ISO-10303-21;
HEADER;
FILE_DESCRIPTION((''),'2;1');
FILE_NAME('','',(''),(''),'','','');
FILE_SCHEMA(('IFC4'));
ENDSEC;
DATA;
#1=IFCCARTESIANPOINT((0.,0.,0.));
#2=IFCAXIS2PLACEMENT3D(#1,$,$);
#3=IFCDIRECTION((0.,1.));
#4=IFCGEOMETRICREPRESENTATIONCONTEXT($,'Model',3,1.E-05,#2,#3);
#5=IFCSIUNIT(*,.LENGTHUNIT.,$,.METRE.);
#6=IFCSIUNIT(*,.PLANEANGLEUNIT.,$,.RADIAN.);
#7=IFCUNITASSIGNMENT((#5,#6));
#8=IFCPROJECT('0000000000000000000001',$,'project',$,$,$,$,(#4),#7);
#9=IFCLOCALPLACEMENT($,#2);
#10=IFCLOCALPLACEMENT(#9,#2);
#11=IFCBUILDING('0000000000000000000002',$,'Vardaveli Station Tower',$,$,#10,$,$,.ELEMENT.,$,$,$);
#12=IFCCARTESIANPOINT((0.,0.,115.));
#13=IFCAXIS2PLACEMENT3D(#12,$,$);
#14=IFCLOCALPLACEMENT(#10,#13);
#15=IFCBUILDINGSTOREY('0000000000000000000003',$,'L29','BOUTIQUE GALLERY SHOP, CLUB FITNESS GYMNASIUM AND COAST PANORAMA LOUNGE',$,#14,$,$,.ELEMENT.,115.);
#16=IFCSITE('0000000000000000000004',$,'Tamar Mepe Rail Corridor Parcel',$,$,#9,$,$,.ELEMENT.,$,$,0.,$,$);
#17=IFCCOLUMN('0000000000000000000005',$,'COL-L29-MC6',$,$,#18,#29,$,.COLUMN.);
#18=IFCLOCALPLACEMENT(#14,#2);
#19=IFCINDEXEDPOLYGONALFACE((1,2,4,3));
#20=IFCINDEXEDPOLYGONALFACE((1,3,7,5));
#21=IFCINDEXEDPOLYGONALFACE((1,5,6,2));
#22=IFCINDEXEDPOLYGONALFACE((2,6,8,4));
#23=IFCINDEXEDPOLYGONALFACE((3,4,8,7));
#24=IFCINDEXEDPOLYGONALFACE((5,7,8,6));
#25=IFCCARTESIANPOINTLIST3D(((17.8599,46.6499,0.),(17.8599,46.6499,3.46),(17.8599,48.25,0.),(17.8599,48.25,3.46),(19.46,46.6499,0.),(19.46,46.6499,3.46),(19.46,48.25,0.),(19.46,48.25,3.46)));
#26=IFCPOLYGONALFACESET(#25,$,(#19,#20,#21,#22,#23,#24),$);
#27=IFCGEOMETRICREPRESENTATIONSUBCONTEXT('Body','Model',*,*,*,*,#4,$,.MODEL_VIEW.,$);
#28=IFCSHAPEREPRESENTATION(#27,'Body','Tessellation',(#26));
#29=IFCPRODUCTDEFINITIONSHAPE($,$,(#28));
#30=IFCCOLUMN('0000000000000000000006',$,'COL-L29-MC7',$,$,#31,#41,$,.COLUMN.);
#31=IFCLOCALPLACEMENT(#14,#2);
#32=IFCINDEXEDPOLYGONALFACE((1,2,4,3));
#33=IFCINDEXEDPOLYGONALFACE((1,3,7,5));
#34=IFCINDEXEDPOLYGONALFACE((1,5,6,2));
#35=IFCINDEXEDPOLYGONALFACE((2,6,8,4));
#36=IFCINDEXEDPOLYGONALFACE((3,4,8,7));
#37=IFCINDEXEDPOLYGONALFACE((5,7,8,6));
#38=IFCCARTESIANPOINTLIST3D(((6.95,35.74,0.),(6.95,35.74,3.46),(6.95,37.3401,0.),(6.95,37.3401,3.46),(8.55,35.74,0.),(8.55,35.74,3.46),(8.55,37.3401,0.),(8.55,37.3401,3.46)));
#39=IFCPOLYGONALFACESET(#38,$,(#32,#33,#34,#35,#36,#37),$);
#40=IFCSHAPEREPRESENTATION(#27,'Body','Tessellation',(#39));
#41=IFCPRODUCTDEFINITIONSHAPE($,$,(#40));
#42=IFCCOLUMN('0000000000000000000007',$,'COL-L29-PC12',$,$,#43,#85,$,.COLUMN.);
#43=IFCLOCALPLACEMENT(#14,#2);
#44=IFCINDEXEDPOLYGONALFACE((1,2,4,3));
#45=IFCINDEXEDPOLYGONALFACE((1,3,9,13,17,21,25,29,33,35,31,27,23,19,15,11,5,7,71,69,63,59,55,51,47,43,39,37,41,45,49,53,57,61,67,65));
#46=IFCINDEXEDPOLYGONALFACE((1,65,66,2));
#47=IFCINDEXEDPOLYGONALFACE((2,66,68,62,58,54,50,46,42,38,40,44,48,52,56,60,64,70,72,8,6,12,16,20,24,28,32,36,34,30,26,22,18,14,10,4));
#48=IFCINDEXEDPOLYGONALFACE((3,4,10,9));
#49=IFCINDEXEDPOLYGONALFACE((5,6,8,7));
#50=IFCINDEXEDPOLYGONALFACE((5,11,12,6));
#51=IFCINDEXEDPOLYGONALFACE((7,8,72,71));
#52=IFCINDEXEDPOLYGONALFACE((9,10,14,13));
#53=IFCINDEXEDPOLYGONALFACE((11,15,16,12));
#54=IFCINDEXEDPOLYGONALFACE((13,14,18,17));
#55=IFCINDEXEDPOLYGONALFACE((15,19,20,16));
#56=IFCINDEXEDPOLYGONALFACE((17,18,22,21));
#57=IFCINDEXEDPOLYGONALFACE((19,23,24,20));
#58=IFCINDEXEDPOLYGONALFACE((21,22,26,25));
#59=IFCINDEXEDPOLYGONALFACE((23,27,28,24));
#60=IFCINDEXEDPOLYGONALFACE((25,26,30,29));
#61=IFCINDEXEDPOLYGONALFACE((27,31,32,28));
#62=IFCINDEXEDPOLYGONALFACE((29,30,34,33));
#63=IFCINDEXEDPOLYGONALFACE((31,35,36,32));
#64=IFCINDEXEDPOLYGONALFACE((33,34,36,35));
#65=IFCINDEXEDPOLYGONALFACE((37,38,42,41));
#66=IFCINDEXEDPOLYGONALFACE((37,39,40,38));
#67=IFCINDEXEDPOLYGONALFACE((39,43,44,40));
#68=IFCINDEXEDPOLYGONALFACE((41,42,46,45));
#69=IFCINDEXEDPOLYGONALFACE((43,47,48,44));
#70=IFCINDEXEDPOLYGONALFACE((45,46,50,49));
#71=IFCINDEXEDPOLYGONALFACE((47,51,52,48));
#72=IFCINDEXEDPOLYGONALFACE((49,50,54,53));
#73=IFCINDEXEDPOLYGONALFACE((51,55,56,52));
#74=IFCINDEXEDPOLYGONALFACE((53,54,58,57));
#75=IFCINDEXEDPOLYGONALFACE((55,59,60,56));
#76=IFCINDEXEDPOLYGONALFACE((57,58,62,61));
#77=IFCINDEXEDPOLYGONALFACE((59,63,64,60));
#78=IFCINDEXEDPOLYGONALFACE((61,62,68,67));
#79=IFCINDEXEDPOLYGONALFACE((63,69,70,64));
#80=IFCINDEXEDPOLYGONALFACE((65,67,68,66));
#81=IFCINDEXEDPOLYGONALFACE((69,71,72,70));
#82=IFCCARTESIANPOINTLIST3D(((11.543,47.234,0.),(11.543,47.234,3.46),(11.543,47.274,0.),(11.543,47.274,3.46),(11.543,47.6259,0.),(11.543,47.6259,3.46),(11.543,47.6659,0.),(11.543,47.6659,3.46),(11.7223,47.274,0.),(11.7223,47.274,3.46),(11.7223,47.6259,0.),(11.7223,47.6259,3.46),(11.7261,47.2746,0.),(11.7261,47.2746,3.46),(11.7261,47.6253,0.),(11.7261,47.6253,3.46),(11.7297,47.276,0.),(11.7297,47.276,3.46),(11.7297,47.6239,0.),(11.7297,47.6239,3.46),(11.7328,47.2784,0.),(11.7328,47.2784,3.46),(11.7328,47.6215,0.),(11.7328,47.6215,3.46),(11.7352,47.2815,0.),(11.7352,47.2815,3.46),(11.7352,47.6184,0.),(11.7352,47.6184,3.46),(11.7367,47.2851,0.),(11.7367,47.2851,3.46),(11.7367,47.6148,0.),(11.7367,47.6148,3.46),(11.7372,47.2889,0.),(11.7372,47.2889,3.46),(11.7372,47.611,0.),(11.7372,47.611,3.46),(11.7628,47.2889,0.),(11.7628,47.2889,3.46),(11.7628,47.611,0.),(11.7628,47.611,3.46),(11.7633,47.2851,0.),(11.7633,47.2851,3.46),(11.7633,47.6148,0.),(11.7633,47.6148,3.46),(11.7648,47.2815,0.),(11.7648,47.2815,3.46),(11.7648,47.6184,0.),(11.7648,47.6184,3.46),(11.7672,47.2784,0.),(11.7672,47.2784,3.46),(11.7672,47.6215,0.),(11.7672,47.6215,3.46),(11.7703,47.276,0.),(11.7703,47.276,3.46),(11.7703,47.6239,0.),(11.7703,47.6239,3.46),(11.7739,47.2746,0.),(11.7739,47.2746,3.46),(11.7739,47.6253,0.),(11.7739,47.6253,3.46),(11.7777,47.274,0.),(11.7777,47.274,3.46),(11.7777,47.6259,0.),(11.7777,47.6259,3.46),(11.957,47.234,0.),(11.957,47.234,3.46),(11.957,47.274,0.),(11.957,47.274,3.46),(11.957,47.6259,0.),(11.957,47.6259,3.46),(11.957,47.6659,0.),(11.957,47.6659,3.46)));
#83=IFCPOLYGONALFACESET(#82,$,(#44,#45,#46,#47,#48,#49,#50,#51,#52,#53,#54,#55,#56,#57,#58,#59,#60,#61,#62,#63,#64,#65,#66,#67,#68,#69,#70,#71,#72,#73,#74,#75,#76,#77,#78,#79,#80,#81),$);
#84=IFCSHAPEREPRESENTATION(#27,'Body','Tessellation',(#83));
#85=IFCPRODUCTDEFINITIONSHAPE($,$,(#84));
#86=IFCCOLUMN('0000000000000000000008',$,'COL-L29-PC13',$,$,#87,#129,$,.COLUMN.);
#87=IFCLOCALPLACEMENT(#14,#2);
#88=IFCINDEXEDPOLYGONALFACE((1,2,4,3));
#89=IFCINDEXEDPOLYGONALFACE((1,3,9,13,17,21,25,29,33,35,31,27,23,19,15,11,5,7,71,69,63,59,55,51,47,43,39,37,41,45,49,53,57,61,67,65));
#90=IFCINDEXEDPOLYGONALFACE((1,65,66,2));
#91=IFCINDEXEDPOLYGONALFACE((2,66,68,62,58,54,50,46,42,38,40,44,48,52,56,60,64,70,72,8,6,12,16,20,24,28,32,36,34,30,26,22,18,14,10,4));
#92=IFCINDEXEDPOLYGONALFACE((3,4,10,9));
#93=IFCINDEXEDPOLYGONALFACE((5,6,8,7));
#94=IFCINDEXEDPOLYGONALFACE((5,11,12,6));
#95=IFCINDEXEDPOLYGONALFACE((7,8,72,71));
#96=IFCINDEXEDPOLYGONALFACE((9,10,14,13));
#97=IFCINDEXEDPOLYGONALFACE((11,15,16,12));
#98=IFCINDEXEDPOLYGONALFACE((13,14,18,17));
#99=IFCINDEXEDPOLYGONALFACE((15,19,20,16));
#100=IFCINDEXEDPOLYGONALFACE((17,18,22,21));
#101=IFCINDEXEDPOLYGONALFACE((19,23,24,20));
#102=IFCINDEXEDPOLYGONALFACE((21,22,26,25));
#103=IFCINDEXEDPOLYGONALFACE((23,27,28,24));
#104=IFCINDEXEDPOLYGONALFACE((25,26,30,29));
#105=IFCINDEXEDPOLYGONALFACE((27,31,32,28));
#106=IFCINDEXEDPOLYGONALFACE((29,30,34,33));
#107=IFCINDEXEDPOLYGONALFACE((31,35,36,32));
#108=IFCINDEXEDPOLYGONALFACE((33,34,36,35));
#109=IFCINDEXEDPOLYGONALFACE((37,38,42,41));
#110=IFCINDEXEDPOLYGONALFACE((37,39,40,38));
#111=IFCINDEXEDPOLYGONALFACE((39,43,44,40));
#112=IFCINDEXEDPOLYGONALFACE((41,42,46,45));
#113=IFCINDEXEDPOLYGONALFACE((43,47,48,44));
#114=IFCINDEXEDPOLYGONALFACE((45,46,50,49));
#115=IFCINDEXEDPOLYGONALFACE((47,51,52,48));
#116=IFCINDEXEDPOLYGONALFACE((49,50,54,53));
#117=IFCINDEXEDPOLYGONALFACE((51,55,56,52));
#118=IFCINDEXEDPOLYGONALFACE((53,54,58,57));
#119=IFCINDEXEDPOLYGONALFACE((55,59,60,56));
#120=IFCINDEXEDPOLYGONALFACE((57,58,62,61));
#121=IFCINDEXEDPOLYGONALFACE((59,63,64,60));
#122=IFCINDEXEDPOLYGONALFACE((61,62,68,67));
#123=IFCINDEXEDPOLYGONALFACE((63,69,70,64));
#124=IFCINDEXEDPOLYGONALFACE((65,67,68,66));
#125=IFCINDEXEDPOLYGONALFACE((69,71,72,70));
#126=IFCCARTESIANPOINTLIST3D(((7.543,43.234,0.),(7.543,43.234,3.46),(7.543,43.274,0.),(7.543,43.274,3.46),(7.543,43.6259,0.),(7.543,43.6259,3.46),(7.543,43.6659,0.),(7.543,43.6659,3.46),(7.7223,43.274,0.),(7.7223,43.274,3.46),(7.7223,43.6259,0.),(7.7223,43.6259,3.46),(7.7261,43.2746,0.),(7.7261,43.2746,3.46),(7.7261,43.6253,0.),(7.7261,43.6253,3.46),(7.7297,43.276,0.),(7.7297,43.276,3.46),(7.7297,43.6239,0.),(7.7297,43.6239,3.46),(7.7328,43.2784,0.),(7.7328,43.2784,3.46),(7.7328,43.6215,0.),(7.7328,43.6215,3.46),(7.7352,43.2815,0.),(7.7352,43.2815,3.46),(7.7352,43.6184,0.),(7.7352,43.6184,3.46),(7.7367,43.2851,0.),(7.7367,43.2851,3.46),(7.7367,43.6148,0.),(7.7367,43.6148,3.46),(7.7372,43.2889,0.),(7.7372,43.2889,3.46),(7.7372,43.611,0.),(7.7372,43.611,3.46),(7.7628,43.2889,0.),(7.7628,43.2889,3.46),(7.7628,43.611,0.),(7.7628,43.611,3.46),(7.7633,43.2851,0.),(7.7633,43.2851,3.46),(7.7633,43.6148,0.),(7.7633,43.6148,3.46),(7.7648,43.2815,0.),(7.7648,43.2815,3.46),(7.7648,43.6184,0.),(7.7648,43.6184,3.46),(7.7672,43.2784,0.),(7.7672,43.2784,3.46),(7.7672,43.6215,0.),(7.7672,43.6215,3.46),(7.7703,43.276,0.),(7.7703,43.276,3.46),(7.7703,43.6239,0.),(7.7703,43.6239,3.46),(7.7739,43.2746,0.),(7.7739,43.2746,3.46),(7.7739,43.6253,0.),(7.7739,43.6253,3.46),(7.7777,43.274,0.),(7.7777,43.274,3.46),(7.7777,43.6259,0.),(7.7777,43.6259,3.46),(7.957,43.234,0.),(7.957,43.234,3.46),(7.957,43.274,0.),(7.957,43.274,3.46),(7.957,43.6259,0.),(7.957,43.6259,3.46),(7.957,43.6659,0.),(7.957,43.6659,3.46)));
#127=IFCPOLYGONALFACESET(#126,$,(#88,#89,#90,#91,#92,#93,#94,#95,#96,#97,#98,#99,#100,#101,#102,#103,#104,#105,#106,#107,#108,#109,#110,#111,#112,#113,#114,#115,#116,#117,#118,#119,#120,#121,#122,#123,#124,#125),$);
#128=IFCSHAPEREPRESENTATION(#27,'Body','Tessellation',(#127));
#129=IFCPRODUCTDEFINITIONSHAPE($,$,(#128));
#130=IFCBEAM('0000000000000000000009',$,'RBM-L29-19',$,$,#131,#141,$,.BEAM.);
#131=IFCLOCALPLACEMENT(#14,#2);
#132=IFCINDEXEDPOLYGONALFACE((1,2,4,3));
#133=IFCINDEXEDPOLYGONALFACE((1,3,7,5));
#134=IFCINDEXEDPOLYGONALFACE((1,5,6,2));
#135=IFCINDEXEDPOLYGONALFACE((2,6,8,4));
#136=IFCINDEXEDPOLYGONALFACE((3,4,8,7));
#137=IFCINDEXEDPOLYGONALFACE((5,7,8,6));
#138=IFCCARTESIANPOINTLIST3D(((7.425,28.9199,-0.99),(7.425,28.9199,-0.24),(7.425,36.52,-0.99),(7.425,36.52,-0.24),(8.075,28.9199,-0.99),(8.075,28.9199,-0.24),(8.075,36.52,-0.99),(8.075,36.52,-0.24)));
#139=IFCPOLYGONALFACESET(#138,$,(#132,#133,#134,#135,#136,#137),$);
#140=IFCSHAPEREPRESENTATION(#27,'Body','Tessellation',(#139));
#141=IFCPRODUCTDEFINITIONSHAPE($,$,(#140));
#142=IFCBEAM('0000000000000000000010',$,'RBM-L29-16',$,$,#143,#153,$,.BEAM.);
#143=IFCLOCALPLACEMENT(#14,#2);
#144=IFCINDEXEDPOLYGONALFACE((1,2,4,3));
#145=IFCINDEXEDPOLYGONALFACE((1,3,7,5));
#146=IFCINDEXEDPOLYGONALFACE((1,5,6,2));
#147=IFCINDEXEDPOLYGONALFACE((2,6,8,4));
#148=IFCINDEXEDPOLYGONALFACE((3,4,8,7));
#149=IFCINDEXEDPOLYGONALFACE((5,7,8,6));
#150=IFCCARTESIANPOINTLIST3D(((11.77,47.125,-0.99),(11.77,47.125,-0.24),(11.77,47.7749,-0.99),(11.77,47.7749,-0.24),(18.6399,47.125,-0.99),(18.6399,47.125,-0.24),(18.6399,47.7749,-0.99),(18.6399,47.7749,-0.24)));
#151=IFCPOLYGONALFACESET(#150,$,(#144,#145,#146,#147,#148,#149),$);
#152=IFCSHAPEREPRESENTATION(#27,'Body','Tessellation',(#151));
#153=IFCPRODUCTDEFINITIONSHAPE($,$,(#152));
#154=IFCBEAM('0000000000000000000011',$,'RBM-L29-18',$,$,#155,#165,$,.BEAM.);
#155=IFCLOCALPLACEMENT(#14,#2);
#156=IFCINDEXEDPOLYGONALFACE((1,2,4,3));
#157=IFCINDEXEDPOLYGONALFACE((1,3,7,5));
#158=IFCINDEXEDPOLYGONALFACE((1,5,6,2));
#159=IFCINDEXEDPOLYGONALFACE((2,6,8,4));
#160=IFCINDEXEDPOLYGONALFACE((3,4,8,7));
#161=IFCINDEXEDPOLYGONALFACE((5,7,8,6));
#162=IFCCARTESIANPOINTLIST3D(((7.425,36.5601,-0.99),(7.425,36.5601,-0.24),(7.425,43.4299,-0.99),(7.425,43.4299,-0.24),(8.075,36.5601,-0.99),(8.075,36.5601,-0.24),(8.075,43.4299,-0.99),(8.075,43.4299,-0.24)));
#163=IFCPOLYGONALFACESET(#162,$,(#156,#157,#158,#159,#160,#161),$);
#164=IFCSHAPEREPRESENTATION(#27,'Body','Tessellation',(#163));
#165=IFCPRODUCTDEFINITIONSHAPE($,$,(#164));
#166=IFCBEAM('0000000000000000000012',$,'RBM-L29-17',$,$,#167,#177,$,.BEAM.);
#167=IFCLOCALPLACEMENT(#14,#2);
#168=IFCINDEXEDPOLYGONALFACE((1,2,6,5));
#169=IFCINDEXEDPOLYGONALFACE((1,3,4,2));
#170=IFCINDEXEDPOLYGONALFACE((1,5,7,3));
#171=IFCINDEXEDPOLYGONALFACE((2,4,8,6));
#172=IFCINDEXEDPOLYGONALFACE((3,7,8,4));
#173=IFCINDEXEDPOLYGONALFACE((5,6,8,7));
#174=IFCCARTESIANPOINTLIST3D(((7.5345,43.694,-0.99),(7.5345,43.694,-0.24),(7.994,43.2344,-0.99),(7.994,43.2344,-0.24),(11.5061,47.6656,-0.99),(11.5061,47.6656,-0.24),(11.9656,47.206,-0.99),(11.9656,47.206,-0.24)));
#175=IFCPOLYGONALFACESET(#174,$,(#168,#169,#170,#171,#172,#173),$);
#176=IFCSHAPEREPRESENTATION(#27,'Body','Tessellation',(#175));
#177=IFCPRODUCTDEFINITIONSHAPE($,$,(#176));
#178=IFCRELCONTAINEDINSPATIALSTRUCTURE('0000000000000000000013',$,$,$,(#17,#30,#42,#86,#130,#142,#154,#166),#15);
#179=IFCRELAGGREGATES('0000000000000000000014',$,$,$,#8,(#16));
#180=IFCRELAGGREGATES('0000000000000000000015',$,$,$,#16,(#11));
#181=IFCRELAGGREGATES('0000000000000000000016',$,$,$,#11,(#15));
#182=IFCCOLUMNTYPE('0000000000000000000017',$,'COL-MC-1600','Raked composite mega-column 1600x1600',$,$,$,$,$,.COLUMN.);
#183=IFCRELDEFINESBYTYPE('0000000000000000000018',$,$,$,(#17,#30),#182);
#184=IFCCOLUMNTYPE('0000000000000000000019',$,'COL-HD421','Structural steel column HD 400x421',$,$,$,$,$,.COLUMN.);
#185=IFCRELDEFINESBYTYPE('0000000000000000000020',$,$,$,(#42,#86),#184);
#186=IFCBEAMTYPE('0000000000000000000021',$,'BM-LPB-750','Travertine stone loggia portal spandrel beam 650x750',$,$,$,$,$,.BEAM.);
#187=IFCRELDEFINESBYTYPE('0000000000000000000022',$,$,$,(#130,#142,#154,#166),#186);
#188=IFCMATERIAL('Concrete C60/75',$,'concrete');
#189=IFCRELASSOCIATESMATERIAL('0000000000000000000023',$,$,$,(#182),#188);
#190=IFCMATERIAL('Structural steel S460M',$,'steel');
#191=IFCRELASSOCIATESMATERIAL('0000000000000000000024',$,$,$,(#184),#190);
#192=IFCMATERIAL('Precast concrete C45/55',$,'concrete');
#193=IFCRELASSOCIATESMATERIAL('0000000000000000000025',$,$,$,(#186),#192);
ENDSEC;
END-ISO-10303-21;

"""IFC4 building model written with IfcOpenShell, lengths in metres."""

from ifc_helpers import new_model, si_unit, direction, frame, origin, origin_2d, place, context, subcontext, project, spatial, rectangle, i_section, extrude, source, transform, mapped, material, material_profile, profile_set, type_object, element, save


model = new_model("IFC4")

# Units and contexts
model_context = context("Model", 3, precision=1e-05, world=origin(), true_north=direction((0.0, 1.0)))
body_context = subcontext(model_context, "Body", "Model", "MODEL_VIEW")
ifc_project = project(units=[si_unit("LENGTHUNIT", "METRE"), si_unit("PLANEANGLEUNIT", "RADIAN")], contexts=[model_context])

# Site, building, storey
site_placement = place(None, origin())
site = spatial("IfcSite", under=ifc_project, at=site_placement, Name="Tamar Mepe Rail Corridor Parcel", CompositionType="ELEMENT", RefElevation=0.0)
building_placement = place(site_placement, origin())
building = spatial("IfcBuilding", under=site, at=building_placement, Name="Vardaveli Station Tower", CompositionType="ELEMENT")
storey_placement = place(building_placement, frame((0.0, 0.0, 115.0)))
storey = spatial("IfcBuildingStorey", under=building, at=storey_placement, Name="L29", Description="BOUTIQUE GALLERY SHOP, CLUB FITNESS GYMNASIUM AND COAST PANORAMA LOUNGE", CompositionType="ELEMENT", Elevation=115.0)

# Columns
ifc_material_1 = material(Name="Concrete C60/75", Category="concrete")
ifc_material_profile_1 = material_profile(ifc_material_1, rectangle(XDim=1.6001, YDim=1.6001, at=origin_2d()), Name="MC 1600x1600")
ifc_profile_set_1 = profile_set([ifc_material_profile_1], Name="Concrete C60/75")
column_type_1 = type_object("IfcColumnType", Name="COL-MC-1600", Description="Raked composite mega-column 1600x1600", PredefinedType="COLUMN", material=ifc_profile_set_1)
shared_shape_1 = source(origin(), body_context, "Body", "SweptSolid", [
    extrude(rectangle(XDim=1.6001, YDim=1.6001, at=origin_2d()), origin(), (0.0, 0.0, 1.0), 3.46),
])
for number, where, z_axis, x_axis, name in (
    (1, (18.6599, 47.45, 0.0), (0.0, 0.0, 1.0), (1.0, 0.0, 0.0), "COL-L29-MC6"),
    (2, (7.75, 36.54, 0.0), (0.0, 0.0, 1.0), (1.0, 0.0, 0.0), "COL-L29-MC7"),
):
    element("IfcColumn", number, at=place(storey_placement, frame(where, z_axis=z_axis, x_axis=x_axis)), inside=storey, type_object=column_type_1, Name=name, PredefinedType="COLUMN", context=body_context, shape_type="MappedRepresentation", body=[
        mapped(shared_shape_1, transform((0.0, 0.0, 0.0), scale=1.0)),
    ])
ifc_material_2 = material(Name="Structural steel S460M", Category="steel")
ifc_material_profile_2 = material_profile(ifc_material_2, i_section(OverallWidth=0.4141, OverallDepth=0.4319, WebThickness=0.0256, FlangeThickness=0.04, FilletRadius=0.0149, at=origin_2d()), Name="HD 400x421")
ifc_profile_set_2 = profile_set([ifc_material_profile_2], Name="Structural steel S460M")
column_type_2 = type_object("IfcColumnType", Name="COL-HD421", Description="Structural steel column HD 400x421", PredefinedType="COLUMN", material=ifc_profile_set_2)
shared_shape_2 = source(origin(), body_context, "Body", "SweptSolid", [
    extrude(i_section(OverallWidth=0.4141, OverallDepth=0.4319, WebThickness=0.0256, FlangeThickness=0.04, FilletRadius=0.0149, at=origin_2d()), origin(), (0.0, 0.0, 1.0), 3.46),
])
for number, where, z_axis, x_axis, name in (
    (3, (11.75, 47.45, 0.0), (0.0, 0.0, 1.0), (1.0, 0.0, 0.0), "COL-L29-PC12"),
    (4, (7.75, 43.45, 0.0), (0.0, 0.0, 1.0), (1.0, 0.0, 0.0), "COL-L29-PC13"),
):
    element("IfcColumn", number, at=place(storey_placement, frame(where, z_axis=z_axis, x_axis=x_axis)), inside=storey, type_object=column_type_2, Name=name, PredefinedType="COLUMN", context=body_context, shape_type="MappedRepresentation", body=[
        mapped(shared_shape_2, transform((0.0, 0.0, 0.0), scale=1.0)),
    ])

# Beams
ifc_material_3 = material(Name="Precast concrete C45/55", Category="concrete")
ifc_material_profile_3 = material_profile(ifc_material_3, rectangle(XDim=0.6499, YDim=0.75, at=origin_2d()), Name="LPB 650x750")
ifc_profile_set_3 = profile_set([ifc_material_profile_3], Name="Precast concrete C45/55")
beam_type = type_object("IfcBeamType", Name="BM-LPB-750", Description="Travertine stone loggia portal spandrel beam 650x750", PredefinedType="BEAM", material=ifc_profile_set_3)
shared_shape_3 = source(origin(), body_context, "Body", "SweptSolid", [
    extrude(rectangle(XDim=0.6499, YDim=0.75, at=origin_2d()), origin(), (0.0, 0.0, 1.0), 7.6001),
])
beam_1_placement = place(storey_placement, frame((7.75, 36.52, -0.615), z_axis=(0.0, -1.0, 0.0), x_axis=(1.0, 0.0, 0.0)))
element("IfcBeam", 5, at=beam_1_placement, inside=storey, type_object=beam_type, Name="RBM-L29-19", PredefinedType="BEAM", context=body_context, shape_type="MappedRepresentation", body=[
    mapped(shared_shape_3, transform((0.0, 0.0, 0.0), scale=1.0)),
])
shared_shape_4 = source(origin(), body_context, "Body", "SweptSolid", [
    extrude(rectangle(XDim=0.6499, YDim=0.75, at=origin_2d()), origin(), (0.0, 0.0, 1.0), 6.8699),
])
for number, where, z_axis, x_axis, name in (
    (6, (18.6399, 47.45, -0.615), (-1.0, 0.0, 0.0), (0.0, -1.0, 0.0), "RBM-L29-16"),
    (7, (7.75, 43.4299, -0.615), (0.0, -1.0, 0.0), (1.0, 0.0, 0.0), "RBM-L29-18"),
):
    element("IfcBeam", number, at=place(storey_placement, frame(where, z_axis=z_axis, x_axis=x_axis)), inside=storey, type_object=beam_type, Name=name, PredefinedType="BEAM", context=body_context, shape_type="MappedRepresentation", body=[
        mapped(shared_shape_4, transform((0.0, 0.0, 0.0), scale=1.0)),
    ])
shared_shape_5 = source(origin(), body_context, "Body", "SweptSolid", [
    extrude(rectangle(XDim=0.6499, YDim=0.75, at=origin_2d()), origin(), (0.0, 0.0, 1.0), 5.6167),
])
beam_2_placement = place(storey_placement, frame((11.7358, 47.4358, -0.615), z_axis=(-0.707107, -0.707107, 0.0), x_axis=(0.707107, -0.707107, 0.0)))
element("IfcBeam", 8, at=beam_2_placement, inside=storey, type_object=beam_type, Name="RBM-L29-17", PredefinedType="BEAM", context=body_context, shape_type="MappedRepresentation", body=[
    mapped(shared_shape_5, transform((0.0, 0.0, 0.0), scale=1.0)),
])

save(model, "model.ifc")
